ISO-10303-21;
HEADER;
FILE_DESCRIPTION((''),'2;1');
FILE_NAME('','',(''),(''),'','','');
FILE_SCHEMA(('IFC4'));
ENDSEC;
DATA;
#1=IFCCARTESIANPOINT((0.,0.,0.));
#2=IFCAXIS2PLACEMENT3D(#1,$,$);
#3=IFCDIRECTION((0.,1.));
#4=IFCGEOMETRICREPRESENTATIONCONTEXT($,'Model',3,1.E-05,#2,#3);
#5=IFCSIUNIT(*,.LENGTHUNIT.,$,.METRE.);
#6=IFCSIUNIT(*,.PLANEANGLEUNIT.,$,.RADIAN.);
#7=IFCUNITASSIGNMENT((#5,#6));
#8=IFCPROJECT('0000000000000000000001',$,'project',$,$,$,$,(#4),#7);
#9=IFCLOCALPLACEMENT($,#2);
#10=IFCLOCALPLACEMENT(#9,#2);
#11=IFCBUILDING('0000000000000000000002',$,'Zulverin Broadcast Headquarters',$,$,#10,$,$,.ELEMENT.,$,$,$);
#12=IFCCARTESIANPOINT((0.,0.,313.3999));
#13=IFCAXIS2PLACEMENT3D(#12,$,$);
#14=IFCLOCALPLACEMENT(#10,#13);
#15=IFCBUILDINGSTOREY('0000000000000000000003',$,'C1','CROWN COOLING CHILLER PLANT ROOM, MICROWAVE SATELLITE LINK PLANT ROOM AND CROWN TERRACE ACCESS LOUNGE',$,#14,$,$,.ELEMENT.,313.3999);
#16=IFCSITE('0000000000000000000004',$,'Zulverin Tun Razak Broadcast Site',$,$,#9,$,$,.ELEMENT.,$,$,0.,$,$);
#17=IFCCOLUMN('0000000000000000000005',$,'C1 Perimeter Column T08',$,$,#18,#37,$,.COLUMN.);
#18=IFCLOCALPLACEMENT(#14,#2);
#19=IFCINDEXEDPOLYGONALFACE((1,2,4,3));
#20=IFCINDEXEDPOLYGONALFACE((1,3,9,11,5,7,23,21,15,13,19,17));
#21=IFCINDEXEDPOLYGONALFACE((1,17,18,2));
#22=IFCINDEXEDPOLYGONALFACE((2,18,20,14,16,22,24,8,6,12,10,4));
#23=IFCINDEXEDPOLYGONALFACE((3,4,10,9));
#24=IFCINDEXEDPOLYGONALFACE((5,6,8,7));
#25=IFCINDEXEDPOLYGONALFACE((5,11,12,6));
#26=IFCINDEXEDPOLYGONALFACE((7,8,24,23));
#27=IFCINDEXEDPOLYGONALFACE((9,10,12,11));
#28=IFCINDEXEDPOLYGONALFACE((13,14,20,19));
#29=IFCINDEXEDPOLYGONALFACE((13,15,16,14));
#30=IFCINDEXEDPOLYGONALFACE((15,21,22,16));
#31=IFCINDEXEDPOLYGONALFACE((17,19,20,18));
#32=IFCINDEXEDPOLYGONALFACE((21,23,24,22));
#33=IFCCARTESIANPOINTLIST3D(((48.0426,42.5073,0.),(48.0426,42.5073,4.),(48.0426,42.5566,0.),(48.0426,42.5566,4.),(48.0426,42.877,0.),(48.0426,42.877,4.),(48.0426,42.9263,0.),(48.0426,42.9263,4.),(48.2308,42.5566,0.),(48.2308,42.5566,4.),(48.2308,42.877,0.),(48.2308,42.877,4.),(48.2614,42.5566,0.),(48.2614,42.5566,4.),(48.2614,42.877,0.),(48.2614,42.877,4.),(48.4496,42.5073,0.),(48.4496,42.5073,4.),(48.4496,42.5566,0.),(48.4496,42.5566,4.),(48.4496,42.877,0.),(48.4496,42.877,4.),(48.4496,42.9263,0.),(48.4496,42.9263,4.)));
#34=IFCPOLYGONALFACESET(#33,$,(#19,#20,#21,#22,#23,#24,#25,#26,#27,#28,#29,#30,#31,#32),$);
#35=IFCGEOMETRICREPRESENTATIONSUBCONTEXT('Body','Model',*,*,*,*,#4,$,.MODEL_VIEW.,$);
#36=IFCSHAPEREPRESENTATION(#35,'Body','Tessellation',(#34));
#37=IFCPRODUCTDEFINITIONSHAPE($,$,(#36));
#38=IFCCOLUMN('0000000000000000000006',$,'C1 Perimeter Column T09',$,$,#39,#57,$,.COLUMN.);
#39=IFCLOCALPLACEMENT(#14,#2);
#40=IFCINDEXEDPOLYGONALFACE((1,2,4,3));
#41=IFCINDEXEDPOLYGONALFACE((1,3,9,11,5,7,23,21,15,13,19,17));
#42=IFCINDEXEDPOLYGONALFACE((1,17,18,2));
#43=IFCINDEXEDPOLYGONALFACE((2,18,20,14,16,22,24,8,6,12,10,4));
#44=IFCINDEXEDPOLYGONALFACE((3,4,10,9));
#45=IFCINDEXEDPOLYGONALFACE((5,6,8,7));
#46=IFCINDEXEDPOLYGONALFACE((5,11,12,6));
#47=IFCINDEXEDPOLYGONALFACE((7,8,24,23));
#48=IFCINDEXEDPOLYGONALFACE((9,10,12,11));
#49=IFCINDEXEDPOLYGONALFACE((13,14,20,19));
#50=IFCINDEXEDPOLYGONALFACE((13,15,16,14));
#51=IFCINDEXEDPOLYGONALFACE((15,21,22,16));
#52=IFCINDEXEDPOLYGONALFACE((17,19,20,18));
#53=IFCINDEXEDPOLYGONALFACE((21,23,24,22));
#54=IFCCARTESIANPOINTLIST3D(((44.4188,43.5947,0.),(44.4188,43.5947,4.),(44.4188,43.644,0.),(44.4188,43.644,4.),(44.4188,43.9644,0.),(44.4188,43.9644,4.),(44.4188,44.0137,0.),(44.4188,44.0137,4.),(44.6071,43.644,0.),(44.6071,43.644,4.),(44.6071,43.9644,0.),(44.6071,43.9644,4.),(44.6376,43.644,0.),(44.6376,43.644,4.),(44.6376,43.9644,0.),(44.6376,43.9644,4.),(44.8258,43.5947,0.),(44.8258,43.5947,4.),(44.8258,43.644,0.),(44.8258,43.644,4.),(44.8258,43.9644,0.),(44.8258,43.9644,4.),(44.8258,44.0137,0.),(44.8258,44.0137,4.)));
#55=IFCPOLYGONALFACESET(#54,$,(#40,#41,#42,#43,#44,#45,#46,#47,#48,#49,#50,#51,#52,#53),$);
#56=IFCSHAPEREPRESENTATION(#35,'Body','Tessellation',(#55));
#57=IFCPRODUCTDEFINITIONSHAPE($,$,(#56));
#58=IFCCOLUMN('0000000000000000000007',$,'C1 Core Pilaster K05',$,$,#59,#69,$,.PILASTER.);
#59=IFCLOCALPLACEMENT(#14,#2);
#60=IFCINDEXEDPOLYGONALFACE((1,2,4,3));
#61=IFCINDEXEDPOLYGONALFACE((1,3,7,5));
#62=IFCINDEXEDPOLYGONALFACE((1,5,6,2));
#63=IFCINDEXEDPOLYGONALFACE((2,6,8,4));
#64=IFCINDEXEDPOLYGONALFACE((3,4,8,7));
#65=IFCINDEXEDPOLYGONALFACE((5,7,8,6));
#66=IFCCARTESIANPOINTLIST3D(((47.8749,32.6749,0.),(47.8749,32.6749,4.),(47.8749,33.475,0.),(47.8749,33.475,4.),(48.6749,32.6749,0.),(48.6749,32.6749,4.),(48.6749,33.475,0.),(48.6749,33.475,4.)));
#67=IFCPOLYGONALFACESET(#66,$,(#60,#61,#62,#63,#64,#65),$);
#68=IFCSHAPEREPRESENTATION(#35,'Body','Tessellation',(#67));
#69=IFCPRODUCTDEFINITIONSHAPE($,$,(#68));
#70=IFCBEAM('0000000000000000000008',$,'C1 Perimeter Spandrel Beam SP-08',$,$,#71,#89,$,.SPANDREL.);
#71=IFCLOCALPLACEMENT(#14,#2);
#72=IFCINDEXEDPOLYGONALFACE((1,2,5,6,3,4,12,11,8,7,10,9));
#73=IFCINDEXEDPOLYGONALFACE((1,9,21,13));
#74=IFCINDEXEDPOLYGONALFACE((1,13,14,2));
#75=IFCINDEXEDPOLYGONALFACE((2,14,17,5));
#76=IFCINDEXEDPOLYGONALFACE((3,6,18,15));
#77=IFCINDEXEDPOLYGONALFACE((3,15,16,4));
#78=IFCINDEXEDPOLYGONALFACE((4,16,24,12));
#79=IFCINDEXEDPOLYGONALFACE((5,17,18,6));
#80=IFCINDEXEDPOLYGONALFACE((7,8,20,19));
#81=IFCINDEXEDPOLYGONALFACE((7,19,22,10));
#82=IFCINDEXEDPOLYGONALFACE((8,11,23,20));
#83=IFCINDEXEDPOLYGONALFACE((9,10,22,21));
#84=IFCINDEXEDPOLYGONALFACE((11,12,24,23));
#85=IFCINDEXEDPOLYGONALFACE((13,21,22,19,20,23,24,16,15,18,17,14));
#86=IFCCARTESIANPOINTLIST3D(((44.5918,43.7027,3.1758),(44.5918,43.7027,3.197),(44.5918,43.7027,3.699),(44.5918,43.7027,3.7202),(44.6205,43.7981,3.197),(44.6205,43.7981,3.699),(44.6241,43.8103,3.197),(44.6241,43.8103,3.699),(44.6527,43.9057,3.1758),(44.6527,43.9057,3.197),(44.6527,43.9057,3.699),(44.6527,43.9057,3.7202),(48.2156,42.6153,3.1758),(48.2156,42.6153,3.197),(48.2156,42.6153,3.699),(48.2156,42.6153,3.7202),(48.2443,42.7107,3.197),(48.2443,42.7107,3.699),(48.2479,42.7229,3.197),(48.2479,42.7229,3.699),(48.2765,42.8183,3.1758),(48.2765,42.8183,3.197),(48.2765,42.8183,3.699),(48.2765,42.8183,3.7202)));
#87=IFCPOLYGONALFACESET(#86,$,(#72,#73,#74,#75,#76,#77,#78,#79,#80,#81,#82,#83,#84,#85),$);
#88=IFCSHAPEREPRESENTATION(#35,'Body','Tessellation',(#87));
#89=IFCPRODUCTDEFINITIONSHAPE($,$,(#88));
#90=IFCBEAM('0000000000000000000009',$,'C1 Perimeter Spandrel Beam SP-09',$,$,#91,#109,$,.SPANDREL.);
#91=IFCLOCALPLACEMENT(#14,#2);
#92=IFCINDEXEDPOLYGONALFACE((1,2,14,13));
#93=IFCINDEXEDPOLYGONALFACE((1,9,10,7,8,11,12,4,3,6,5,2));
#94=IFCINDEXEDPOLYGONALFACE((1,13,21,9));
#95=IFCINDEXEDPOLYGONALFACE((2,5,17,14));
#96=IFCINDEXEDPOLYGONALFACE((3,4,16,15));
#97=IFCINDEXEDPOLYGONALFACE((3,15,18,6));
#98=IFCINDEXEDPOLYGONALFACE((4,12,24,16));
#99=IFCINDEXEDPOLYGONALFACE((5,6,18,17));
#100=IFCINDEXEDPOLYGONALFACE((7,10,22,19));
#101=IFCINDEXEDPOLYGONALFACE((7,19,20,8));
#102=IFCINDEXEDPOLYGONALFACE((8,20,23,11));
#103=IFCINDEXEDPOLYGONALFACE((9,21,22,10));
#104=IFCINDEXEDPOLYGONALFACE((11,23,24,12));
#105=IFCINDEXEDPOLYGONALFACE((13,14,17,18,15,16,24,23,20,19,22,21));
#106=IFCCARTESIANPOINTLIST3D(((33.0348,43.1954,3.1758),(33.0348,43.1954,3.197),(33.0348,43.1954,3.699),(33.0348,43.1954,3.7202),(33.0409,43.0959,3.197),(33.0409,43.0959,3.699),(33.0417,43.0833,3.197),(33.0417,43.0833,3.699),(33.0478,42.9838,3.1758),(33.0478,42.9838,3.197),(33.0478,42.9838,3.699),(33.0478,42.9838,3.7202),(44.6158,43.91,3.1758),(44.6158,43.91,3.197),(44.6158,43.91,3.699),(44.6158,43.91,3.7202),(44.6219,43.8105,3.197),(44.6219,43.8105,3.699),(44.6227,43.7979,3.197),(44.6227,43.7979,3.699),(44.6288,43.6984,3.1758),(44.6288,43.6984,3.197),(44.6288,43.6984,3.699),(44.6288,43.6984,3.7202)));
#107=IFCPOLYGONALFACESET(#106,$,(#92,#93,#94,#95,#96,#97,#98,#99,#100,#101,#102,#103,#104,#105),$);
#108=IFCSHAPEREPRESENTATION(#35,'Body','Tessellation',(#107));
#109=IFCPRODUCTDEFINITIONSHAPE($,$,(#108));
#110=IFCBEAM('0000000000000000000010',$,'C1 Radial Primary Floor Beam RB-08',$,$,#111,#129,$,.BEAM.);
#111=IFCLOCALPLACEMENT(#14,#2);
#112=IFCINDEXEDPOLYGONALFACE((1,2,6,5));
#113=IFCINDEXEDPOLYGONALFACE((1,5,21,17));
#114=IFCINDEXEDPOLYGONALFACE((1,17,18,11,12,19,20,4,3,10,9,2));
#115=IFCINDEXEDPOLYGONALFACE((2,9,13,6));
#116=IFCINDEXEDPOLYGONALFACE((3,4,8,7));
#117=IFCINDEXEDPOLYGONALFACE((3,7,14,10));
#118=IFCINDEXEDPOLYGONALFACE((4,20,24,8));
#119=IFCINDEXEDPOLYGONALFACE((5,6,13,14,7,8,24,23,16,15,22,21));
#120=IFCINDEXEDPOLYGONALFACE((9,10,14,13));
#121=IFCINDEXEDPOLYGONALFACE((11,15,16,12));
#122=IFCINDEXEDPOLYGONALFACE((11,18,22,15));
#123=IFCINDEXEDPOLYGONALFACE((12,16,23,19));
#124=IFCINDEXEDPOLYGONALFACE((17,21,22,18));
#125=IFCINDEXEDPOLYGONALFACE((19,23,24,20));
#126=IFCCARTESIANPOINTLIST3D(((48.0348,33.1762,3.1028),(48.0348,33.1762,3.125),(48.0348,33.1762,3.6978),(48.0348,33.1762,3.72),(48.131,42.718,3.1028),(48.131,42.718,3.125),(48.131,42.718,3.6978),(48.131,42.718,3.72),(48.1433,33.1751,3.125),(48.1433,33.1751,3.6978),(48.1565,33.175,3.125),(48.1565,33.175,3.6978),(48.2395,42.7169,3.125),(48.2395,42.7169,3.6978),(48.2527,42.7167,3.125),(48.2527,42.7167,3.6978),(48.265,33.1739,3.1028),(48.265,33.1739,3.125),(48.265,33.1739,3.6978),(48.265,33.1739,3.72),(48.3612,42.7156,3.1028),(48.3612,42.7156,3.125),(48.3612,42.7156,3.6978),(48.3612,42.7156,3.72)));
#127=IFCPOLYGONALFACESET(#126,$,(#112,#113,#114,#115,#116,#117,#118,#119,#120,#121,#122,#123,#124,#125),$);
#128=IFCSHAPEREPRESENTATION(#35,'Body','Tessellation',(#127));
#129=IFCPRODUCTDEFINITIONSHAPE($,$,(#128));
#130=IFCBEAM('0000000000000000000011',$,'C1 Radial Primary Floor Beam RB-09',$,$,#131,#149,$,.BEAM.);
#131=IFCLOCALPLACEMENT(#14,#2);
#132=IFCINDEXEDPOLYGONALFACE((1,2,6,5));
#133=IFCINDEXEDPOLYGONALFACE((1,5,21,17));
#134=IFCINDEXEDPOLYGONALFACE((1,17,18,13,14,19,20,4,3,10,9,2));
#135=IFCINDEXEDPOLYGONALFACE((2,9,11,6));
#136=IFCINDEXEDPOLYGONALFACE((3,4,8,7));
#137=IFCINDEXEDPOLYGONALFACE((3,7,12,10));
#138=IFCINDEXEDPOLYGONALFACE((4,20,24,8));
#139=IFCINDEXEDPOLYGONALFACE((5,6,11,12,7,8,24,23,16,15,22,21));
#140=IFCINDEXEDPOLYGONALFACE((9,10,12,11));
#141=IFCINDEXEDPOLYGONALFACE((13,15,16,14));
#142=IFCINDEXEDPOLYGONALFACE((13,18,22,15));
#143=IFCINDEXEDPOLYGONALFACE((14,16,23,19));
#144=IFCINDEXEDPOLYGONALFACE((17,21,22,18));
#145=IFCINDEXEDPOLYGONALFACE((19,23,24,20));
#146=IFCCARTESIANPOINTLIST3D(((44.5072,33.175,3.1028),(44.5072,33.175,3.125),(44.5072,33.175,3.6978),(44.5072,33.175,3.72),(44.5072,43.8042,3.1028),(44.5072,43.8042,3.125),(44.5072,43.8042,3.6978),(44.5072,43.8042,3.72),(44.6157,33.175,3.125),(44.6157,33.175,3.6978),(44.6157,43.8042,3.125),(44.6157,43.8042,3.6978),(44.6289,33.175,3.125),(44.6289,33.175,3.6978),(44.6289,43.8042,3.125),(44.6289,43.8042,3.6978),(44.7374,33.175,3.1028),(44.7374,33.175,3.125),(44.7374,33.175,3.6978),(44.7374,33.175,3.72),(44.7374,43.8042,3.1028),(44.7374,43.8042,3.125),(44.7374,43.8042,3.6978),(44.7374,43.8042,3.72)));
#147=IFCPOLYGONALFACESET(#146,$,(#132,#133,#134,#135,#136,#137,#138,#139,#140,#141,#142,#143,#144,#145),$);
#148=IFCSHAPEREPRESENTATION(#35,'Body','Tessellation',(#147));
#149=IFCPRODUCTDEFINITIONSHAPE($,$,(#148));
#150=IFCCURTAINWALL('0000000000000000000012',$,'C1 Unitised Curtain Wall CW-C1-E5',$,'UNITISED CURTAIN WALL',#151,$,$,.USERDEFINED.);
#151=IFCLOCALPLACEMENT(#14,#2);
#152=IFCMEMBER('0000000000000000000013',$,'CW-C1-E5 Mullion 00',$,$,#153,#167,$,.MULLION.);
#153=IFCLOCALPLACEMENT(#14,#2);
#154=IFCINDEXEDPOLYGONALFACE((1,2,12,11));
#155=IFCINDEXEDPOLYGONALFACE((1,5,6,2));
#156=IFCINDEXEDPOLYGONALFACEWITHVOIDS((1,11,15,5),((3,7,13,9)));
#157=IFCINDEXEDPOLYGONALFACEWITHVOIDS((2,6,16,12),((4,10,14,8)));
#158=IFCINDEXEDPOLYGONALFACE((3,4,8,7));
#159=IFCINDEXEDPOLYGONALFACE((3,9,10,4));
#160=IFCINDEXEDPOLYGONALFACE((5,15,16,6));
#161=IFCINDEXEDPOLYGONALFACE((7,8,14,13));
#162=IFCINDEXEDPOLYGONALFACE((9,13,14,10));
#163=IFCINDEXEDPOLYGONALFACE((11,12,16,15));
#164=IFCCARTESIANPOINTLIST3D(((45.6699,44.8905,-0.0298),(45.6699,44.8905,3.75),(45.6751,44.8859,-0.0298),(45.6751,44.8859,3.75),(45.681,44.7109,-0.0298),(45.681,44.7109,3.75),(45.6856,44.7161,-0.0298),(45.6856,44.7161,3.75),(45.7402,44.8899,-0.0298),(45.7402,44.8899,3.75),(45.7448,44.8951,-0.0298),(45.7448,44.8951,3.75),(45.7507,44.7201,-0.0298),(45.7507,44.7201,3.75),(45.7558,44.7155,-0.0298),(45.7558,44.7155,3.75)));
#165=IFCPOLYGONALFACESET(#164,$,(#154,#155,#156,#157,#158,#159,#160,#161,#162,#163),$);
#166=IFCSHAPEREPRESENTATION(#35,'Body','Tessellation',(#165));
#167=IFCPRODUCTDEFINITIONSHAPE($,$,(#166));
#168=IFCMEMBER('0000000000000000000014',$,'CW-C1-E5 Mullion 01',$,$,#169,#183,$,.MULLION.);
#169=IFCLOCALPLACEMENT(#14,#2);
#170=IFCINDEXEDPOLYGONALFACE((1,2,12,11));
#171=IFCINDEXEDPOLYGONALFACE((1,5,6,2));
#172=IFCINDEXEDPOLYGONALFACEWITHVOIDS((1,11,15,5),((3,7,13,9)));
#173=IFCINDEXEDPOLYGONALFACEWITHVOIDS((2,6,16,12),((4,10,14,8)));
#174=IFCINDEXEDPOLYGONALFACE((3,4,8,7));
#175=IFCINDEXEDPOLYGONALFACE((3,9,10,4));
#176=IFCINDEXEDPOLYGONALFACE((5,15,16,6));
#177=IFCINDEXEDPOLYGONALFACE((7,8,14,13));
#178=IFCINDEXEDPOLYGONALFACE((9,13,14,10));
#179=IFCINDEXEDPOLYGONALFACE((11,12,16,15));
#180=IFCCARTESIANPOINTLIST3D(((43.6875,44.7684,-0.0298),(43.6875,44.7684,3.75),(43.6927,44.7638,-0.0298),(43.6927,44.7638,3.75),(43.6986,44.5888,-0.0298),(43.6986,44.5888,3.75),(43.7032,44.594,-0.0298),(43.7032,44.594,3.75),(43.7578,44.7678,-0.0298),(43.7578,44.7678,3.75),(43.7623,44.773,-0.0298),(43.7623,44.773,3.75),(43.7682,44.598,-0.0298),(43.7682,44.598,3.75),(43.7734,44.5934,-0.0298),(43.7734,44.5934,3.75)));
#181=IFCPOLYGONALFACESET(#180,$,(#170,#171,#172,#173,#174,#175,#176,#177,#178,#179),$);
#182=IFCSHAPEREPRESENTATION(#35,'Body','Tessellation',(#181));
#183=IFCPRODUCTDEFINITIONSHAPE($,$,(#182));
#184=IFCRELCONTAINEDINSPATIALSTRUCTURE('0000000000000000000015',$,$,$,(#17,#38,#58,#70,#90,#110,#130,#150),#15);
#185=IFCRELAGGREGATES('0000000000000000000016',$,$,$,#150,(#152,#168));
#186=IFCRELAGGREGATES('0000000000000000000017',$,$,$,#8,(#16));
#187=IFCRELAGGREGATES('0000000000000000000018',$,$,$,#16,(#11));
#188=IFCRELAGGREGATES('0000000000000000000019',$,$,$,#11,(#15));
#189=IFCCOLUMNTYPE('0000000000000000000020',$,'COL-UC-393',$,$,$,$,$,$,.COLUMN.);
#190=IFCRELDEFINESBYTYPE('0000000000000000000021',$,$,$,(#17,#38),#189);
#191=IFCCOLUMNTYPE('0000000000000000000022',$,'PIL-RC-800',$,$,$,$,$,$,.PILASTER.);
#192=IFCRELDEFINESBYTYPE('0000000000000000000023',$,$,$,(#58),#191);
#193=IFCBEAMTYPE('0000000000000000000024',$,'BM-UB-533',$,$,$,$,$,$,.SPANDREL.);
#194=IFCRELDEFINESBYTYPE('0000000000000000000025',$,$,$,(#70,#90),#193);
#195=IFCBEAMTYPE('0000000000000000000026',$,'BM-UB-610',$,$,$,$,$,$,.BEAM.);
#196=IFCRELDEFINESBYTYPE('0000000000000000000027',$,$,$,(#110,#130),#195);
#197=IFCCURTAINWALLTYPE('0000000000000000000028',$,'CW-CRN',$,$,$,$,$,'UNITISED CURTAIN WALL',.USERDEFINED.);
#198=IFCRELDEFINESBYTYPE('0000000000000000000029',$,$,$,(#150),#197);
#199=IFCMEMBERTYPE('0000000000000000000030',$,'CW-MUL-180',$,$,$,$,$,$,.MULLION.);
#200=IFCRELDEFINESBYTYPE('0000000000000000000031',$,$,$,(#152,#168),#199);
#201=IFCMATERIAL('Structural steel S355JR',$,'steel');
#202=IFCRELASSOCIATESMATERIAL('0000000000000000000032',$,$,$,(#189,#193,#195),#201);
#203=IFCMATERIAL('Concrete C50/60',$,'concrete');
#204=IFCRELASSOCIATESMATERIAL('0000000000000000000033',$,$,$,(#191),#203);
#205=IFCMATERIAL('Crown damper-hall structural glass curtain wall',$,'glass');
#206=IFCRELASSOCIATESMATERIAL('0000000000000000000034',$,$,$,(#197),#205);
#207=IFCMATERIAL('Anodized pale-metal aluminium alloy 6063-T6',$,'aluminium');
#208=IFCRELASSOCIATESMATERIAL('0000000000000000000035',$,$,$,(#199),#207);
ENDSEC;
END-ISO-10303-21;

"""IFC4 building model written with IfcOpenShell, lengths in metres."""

from ifc_helpers import new_model, si_unit, direction, frame, origin, origin_2d, place, context, subcontext, project, spatial, rectangle, hollow_rectangle, i_section, extrude, material, material_profile, profile_set, type_object, element, aggregate, save


model = new_model("IFC4")

# Units and contexts
model_context = context("Model", 3, precision=1e-05, world=origin(), true_north=direction((0.0, 1.0)))
body_context = subcontext(model_context, "Body", "Model", "MODEL_VIEW")
ifc_project = project(units=[si_unit("LENGTHUNIT", "METRE"), si_unit("PLANEANGLEUNIT", "RADIAN")], contexts=[model_context])

# Site, building, storey
site_placement = place(None, origin())
site = spatial("IfcSite", under=ifc_project, at=site_placement, Name="Zulverin Tun Razak Broadcast Site", CompositionType="ELEMENT", RefElevation=0.0)
building_placement = place(site_placement, origin())
building = spatial("IfcBuilding", under=site, at=building_placement, Name="Zulverin Broadcast Headquarters", CompositionType="ELEMENT")
storey_placement = place(building_placement, frame((0.0, 0.0, 313.3999)))
storey = spatial("IfcBuildingStorey", under=building, at=storey_placement, Name="C1", Description="CROWN COOLING CHILLER PLANT ROOM, MICROWAVE SATELLITE LINK PLANT ROOM AND CROWN TERRACE ACCESS LOUNGE", CompositionType="ELEMENT", Elevation=313.3999)

# Columns
ifc_material_1 = material(Name="Structural steel S355JR", Category="steel")
ifc_material_profile_1 = material_profile(ifc_material_1, i_section(OverallWidth=0.407, OverallDepth=0.4189, WebThickness=0.0305, FlangeThickness=0.0493, at=origin_2d()), Name="Structural steel S355JR", Category="steel")
ifc_profile_set_1 = profile_set([ifc_material_profile_1], Name="Structural steel S355JR")
column_type_1 = type_object("IfcColumnType", Name="COL-UC-393", PredefinedType="COLUMN", material=ifc_profile_set_1)
for number, where, z_axis, x_axis, name in (
    (1, (48.2461, 42.7168, 0.0), (0.0, 0.0, 1.0), (1.0, 0.0, 0.0), "C1 Perimeter Column T08"),
    (2, (44.6223, 43.8042, 0.0), (0.0, 0.0, 1.0), (1.0, 0.0, 0.0), "C1 Perimeter Column T09"),
):
    element("IfcColumn", number, at=place(storey_placement, frame(where, z_axis=z_axis, x_axis=x_axis)), inside=storey, type_object=column_type_1, Name=name, PredefinedType="COLUMN", context=body_context, shape_type="SweptSolid", body=[
        extrude(i_section(OverallWidth=0.407, OverallDepth=0.4189, WebThickness=0.0305, FlangeThickness=0.0493, at=origin_2d()), origin(), (0.0, 0.0, 1.0), 4.0),
    ])
ifc_material_2 = material(Name="Concrete C50/60", Category="concrete")
ifc_material_profile_2 = material_profile(ifc_material_2, rectangle(XDim=0.8, YDim=0.8, at=origin_2d()), Name="Concrete C50/60", Category="concrete")
ifc_profile_set_2 = profile_set([ifc_material_profile_2], Name="Concrete C50/60")
column_type_2 = type_object("IfcColumnType", Name="PIL-RC-800", PredefinedType="PILASTER", material=ifc_profile_set_2)
column_placement = place(storey_placement, frame((48.2749, 33.075, 0.0), z_axis=(0.0, 0.0, 1.0), x_axis=(1.0, 0.0, 0.0)))
element("IfcColumn", 3, at=column_placement, inside=storey, type_object=column_type_2, Name="C1 Core Pilaster K05", PredefinedType="PILASTER", context=body_context, shape_type="SweptSolid", body=[
    extrude(rectangle(XDim=0.8, YDim=0.8, at=origin_2d()), origin(), (0.0, 0.0, 1.0), 4.0),
])

# Beams
ifc_material_profile_3 = material_profile(ifc_material_1, i_section(OverallWidth=0.2119, OverallDepth=0.5444, WebThickness=0.0127, FlangeThickness=0.0212, at=origin_2d()), Name="Structural steel S355JR", Category="steel")
ifc_profile_set_3 = profile_set([ifc_material_profile_3], Name="Structural steel S355JR")
beam_type_1 = type_object("IfcBeamType", Name="BM-UB-533", PredefinedType="SPANDREL", material=ifc_profile_set_3)
beam_1_placement = place(storey_placement, frame((48.2461, 42.7168, 3.448), z_axis=(-0.957807, 0.287413, 0.0), x_axis=(-0.287413, -0.957807, 0.0)))
element("IfcBeam", 4, at=beam_1_placement, inside=storey, type_object=beam_type_1, Name="C1 Perimeter Spandrel Beam SP-08", PredefinedType="SPANDREL", context=body_context, shape_type="SweptSolid", body=[
    extrude(i_section(OverallWidth=0.2119, OverallDepth=0.5444, WebThickness=0.0127, FlangeThickness=0.0212, at=origin_2d()), origin(), (0.0, 0.0, 1.0), 3.7834),
])
beam_2_placement = place(storey_placement, frame((44.6223, 43.8042, 3.448), z_axis=(-0.998102, -0.061587, 0.0), x_axis=(0.061587, -0.998102, 0.0)))
element("IfcBeam", 5, at=beam_2_placement, inside=storey, type_object=beam_type_1, Name="C1 Perimeter Spandrel Beam SP-09", PredefinedType="SPANDREL", context=body_context, shape_type="SweptSolid", body=[
    extrude(i_section(OverallWidth=0.2119, OverallDepth=0.5444, WebThickness=0.0127, FlangeThickness=0.0212, at=origin_2d()), origin(), (0.0, 0.0, 1.0), 11.603),
])
ifc_material_profile_4 = material_profile(ifc_material_1, i_section(OverallWidth=0.2302, OverallDepth=0.6172, WebThickness=0.0132, FlangeThickness=0.0222, at=origin_2d()), Name="Structural steel S355JR", Category="steel")
ifc_profile_set_4 = profile_set([ifc_material_profile_4], Name="Structural steel S355JR")
beam_type_2 = type_object("IfcBeamType", Name="BM-UB-610", PredefinedType="BEAM", material=ifc_profile_set_4)
beam_3_placement = place(storey_placement, frame((48.1499, 33.175, 3.4114), z_axis=(0.010081, 0.999949, 0.0), x_axis=(-0.999949, 0.010081, 0.0)))
element("IfcBeam", 6, at=beam_3_placement, inside=storey, type_object=beam_type_2, Name="C1 Radial Primary Floor Beam RB-08", PredefinedType="BEAM", context=body_context, shape_type="SweptSolid", body=[
    extrude(i_section(OverallWidth=0.2302, OverallDepth=0.6172, WebThickness=0.0132, FlangeThickness=0.0222, at=origin_2d()), origin(), (0.0, 0.0, 1.0), 9.5422),
])
beam_4_placement = place(storey_placement, frame((44.6223, 33.175, 3.4114), z_axis=(0.0, 1.0, 0.0), x_axis=(-1.0, 0.0, 0.0)))
element("IfcBeam", 7, at=beam_4_placement, inside=storey, type_object=beam_type_2, Name="C1 Radial Primary Floor Beam RB-09", PredefinedType="BEAM", context=body_context, shape_type="SweptSolid", body=[
    extrude(i_section(OverallWidth=0.2302, OverallDepth=0.6172, WebThickness=0.0132, FlangeThickness=0.0222, at=origin_2d()), origin(), (0.0, 0.0, 1.0), 10.6292),
])

# Curtain wall, members
ifc_material_3 = material(Name="Crown damper-hall structural glass curtain wall", Category="glass")
curtain_wall_type = type_object("IfcCurtainWallType", Name="CW-CRN", ElementType="UNITISED CURTAIN WALL", PredefinedType="USERDEFINED", material=ifc_material_3)
curtain_wall_placement = place(storey_placement, origin())
curtain_wall = element("IfcCurtainWall", 8, at=curtain_wall_placement, inside=storey, type_object=curtain_wall_type, Name="C1 Unitised Curtain Wall CW-C1-E5", ObjectType="UNITISED CURTAIN WALL", PredefinedType="USERDEFINED")
ifc_material_4 = material(Name="Anodized pale-metal aluminium alloy 6063-T6", Category="aluminium")
ifc_material_profile_5 = material_profile(ifc_material_4, hollow_rectangle(XDim=0.075, YDim=0.1799, WallThickness=0.0049, at=origin_2d()), Name="Anodized pale-metal aluminium alloy 6063-T6", Category="aluminium")
ifc_profile_set_5 = profile_set([ifc_material_profile_5], Name="Anodized pale-metal aluminium alloy 6063-T6")
member_type_1 = type_object("IfcMemberType", Name="CW-MUL-180", PredefinedType="MULLION", material=ifc_profile_set_5)
member_1_placement = place(storey_placement, frame((45.7129, 44.803, -0.0298), z_axis=(0.0, 0.0, 1.0), x_axis=(-0.998103, -0.061569, 0.0)))
member_1 = element("IfcMember", 9, at=member_1_placement, type_object=member_type_1, Name="CW-C1-E5 Mullion 00", PredefinedType="MULLION", context=body_context, shape_type="SweptSolid", body=[
    extrude(hollow_rectangle(XDim=0.075, YDim=0.1799, WallThickness=0.0049, at=origin_2d()), origin(), (0.0, 0.0, 1.0), 3.7798),
])
member_2_placement = place(storey_placement, frame((43.7305, 44.6809, -0.0298), z_axis=(0.0, 0.0, 1.0), x_axis=(-0.998103, -0.061569, 0.0)))
member_2 = element("IfcMember", 10, at=member_2_placement, type_object=member_type_1, Name="CW-C1-E5 Mullion 01", PredefinedType="MULLION", context=body_context, shape_type="SweptSolid", body=[
    extrude(hollow_rectangle(XDim=0.075, YDim=0.1799, WallThickness=0.0049, at=origin_2d()), origin(), (0.0, 0.0, 1.0), 3.7798),
])
aggregate(curtain_wall, [member_1, member_2])

save(model, "model.ifc")
